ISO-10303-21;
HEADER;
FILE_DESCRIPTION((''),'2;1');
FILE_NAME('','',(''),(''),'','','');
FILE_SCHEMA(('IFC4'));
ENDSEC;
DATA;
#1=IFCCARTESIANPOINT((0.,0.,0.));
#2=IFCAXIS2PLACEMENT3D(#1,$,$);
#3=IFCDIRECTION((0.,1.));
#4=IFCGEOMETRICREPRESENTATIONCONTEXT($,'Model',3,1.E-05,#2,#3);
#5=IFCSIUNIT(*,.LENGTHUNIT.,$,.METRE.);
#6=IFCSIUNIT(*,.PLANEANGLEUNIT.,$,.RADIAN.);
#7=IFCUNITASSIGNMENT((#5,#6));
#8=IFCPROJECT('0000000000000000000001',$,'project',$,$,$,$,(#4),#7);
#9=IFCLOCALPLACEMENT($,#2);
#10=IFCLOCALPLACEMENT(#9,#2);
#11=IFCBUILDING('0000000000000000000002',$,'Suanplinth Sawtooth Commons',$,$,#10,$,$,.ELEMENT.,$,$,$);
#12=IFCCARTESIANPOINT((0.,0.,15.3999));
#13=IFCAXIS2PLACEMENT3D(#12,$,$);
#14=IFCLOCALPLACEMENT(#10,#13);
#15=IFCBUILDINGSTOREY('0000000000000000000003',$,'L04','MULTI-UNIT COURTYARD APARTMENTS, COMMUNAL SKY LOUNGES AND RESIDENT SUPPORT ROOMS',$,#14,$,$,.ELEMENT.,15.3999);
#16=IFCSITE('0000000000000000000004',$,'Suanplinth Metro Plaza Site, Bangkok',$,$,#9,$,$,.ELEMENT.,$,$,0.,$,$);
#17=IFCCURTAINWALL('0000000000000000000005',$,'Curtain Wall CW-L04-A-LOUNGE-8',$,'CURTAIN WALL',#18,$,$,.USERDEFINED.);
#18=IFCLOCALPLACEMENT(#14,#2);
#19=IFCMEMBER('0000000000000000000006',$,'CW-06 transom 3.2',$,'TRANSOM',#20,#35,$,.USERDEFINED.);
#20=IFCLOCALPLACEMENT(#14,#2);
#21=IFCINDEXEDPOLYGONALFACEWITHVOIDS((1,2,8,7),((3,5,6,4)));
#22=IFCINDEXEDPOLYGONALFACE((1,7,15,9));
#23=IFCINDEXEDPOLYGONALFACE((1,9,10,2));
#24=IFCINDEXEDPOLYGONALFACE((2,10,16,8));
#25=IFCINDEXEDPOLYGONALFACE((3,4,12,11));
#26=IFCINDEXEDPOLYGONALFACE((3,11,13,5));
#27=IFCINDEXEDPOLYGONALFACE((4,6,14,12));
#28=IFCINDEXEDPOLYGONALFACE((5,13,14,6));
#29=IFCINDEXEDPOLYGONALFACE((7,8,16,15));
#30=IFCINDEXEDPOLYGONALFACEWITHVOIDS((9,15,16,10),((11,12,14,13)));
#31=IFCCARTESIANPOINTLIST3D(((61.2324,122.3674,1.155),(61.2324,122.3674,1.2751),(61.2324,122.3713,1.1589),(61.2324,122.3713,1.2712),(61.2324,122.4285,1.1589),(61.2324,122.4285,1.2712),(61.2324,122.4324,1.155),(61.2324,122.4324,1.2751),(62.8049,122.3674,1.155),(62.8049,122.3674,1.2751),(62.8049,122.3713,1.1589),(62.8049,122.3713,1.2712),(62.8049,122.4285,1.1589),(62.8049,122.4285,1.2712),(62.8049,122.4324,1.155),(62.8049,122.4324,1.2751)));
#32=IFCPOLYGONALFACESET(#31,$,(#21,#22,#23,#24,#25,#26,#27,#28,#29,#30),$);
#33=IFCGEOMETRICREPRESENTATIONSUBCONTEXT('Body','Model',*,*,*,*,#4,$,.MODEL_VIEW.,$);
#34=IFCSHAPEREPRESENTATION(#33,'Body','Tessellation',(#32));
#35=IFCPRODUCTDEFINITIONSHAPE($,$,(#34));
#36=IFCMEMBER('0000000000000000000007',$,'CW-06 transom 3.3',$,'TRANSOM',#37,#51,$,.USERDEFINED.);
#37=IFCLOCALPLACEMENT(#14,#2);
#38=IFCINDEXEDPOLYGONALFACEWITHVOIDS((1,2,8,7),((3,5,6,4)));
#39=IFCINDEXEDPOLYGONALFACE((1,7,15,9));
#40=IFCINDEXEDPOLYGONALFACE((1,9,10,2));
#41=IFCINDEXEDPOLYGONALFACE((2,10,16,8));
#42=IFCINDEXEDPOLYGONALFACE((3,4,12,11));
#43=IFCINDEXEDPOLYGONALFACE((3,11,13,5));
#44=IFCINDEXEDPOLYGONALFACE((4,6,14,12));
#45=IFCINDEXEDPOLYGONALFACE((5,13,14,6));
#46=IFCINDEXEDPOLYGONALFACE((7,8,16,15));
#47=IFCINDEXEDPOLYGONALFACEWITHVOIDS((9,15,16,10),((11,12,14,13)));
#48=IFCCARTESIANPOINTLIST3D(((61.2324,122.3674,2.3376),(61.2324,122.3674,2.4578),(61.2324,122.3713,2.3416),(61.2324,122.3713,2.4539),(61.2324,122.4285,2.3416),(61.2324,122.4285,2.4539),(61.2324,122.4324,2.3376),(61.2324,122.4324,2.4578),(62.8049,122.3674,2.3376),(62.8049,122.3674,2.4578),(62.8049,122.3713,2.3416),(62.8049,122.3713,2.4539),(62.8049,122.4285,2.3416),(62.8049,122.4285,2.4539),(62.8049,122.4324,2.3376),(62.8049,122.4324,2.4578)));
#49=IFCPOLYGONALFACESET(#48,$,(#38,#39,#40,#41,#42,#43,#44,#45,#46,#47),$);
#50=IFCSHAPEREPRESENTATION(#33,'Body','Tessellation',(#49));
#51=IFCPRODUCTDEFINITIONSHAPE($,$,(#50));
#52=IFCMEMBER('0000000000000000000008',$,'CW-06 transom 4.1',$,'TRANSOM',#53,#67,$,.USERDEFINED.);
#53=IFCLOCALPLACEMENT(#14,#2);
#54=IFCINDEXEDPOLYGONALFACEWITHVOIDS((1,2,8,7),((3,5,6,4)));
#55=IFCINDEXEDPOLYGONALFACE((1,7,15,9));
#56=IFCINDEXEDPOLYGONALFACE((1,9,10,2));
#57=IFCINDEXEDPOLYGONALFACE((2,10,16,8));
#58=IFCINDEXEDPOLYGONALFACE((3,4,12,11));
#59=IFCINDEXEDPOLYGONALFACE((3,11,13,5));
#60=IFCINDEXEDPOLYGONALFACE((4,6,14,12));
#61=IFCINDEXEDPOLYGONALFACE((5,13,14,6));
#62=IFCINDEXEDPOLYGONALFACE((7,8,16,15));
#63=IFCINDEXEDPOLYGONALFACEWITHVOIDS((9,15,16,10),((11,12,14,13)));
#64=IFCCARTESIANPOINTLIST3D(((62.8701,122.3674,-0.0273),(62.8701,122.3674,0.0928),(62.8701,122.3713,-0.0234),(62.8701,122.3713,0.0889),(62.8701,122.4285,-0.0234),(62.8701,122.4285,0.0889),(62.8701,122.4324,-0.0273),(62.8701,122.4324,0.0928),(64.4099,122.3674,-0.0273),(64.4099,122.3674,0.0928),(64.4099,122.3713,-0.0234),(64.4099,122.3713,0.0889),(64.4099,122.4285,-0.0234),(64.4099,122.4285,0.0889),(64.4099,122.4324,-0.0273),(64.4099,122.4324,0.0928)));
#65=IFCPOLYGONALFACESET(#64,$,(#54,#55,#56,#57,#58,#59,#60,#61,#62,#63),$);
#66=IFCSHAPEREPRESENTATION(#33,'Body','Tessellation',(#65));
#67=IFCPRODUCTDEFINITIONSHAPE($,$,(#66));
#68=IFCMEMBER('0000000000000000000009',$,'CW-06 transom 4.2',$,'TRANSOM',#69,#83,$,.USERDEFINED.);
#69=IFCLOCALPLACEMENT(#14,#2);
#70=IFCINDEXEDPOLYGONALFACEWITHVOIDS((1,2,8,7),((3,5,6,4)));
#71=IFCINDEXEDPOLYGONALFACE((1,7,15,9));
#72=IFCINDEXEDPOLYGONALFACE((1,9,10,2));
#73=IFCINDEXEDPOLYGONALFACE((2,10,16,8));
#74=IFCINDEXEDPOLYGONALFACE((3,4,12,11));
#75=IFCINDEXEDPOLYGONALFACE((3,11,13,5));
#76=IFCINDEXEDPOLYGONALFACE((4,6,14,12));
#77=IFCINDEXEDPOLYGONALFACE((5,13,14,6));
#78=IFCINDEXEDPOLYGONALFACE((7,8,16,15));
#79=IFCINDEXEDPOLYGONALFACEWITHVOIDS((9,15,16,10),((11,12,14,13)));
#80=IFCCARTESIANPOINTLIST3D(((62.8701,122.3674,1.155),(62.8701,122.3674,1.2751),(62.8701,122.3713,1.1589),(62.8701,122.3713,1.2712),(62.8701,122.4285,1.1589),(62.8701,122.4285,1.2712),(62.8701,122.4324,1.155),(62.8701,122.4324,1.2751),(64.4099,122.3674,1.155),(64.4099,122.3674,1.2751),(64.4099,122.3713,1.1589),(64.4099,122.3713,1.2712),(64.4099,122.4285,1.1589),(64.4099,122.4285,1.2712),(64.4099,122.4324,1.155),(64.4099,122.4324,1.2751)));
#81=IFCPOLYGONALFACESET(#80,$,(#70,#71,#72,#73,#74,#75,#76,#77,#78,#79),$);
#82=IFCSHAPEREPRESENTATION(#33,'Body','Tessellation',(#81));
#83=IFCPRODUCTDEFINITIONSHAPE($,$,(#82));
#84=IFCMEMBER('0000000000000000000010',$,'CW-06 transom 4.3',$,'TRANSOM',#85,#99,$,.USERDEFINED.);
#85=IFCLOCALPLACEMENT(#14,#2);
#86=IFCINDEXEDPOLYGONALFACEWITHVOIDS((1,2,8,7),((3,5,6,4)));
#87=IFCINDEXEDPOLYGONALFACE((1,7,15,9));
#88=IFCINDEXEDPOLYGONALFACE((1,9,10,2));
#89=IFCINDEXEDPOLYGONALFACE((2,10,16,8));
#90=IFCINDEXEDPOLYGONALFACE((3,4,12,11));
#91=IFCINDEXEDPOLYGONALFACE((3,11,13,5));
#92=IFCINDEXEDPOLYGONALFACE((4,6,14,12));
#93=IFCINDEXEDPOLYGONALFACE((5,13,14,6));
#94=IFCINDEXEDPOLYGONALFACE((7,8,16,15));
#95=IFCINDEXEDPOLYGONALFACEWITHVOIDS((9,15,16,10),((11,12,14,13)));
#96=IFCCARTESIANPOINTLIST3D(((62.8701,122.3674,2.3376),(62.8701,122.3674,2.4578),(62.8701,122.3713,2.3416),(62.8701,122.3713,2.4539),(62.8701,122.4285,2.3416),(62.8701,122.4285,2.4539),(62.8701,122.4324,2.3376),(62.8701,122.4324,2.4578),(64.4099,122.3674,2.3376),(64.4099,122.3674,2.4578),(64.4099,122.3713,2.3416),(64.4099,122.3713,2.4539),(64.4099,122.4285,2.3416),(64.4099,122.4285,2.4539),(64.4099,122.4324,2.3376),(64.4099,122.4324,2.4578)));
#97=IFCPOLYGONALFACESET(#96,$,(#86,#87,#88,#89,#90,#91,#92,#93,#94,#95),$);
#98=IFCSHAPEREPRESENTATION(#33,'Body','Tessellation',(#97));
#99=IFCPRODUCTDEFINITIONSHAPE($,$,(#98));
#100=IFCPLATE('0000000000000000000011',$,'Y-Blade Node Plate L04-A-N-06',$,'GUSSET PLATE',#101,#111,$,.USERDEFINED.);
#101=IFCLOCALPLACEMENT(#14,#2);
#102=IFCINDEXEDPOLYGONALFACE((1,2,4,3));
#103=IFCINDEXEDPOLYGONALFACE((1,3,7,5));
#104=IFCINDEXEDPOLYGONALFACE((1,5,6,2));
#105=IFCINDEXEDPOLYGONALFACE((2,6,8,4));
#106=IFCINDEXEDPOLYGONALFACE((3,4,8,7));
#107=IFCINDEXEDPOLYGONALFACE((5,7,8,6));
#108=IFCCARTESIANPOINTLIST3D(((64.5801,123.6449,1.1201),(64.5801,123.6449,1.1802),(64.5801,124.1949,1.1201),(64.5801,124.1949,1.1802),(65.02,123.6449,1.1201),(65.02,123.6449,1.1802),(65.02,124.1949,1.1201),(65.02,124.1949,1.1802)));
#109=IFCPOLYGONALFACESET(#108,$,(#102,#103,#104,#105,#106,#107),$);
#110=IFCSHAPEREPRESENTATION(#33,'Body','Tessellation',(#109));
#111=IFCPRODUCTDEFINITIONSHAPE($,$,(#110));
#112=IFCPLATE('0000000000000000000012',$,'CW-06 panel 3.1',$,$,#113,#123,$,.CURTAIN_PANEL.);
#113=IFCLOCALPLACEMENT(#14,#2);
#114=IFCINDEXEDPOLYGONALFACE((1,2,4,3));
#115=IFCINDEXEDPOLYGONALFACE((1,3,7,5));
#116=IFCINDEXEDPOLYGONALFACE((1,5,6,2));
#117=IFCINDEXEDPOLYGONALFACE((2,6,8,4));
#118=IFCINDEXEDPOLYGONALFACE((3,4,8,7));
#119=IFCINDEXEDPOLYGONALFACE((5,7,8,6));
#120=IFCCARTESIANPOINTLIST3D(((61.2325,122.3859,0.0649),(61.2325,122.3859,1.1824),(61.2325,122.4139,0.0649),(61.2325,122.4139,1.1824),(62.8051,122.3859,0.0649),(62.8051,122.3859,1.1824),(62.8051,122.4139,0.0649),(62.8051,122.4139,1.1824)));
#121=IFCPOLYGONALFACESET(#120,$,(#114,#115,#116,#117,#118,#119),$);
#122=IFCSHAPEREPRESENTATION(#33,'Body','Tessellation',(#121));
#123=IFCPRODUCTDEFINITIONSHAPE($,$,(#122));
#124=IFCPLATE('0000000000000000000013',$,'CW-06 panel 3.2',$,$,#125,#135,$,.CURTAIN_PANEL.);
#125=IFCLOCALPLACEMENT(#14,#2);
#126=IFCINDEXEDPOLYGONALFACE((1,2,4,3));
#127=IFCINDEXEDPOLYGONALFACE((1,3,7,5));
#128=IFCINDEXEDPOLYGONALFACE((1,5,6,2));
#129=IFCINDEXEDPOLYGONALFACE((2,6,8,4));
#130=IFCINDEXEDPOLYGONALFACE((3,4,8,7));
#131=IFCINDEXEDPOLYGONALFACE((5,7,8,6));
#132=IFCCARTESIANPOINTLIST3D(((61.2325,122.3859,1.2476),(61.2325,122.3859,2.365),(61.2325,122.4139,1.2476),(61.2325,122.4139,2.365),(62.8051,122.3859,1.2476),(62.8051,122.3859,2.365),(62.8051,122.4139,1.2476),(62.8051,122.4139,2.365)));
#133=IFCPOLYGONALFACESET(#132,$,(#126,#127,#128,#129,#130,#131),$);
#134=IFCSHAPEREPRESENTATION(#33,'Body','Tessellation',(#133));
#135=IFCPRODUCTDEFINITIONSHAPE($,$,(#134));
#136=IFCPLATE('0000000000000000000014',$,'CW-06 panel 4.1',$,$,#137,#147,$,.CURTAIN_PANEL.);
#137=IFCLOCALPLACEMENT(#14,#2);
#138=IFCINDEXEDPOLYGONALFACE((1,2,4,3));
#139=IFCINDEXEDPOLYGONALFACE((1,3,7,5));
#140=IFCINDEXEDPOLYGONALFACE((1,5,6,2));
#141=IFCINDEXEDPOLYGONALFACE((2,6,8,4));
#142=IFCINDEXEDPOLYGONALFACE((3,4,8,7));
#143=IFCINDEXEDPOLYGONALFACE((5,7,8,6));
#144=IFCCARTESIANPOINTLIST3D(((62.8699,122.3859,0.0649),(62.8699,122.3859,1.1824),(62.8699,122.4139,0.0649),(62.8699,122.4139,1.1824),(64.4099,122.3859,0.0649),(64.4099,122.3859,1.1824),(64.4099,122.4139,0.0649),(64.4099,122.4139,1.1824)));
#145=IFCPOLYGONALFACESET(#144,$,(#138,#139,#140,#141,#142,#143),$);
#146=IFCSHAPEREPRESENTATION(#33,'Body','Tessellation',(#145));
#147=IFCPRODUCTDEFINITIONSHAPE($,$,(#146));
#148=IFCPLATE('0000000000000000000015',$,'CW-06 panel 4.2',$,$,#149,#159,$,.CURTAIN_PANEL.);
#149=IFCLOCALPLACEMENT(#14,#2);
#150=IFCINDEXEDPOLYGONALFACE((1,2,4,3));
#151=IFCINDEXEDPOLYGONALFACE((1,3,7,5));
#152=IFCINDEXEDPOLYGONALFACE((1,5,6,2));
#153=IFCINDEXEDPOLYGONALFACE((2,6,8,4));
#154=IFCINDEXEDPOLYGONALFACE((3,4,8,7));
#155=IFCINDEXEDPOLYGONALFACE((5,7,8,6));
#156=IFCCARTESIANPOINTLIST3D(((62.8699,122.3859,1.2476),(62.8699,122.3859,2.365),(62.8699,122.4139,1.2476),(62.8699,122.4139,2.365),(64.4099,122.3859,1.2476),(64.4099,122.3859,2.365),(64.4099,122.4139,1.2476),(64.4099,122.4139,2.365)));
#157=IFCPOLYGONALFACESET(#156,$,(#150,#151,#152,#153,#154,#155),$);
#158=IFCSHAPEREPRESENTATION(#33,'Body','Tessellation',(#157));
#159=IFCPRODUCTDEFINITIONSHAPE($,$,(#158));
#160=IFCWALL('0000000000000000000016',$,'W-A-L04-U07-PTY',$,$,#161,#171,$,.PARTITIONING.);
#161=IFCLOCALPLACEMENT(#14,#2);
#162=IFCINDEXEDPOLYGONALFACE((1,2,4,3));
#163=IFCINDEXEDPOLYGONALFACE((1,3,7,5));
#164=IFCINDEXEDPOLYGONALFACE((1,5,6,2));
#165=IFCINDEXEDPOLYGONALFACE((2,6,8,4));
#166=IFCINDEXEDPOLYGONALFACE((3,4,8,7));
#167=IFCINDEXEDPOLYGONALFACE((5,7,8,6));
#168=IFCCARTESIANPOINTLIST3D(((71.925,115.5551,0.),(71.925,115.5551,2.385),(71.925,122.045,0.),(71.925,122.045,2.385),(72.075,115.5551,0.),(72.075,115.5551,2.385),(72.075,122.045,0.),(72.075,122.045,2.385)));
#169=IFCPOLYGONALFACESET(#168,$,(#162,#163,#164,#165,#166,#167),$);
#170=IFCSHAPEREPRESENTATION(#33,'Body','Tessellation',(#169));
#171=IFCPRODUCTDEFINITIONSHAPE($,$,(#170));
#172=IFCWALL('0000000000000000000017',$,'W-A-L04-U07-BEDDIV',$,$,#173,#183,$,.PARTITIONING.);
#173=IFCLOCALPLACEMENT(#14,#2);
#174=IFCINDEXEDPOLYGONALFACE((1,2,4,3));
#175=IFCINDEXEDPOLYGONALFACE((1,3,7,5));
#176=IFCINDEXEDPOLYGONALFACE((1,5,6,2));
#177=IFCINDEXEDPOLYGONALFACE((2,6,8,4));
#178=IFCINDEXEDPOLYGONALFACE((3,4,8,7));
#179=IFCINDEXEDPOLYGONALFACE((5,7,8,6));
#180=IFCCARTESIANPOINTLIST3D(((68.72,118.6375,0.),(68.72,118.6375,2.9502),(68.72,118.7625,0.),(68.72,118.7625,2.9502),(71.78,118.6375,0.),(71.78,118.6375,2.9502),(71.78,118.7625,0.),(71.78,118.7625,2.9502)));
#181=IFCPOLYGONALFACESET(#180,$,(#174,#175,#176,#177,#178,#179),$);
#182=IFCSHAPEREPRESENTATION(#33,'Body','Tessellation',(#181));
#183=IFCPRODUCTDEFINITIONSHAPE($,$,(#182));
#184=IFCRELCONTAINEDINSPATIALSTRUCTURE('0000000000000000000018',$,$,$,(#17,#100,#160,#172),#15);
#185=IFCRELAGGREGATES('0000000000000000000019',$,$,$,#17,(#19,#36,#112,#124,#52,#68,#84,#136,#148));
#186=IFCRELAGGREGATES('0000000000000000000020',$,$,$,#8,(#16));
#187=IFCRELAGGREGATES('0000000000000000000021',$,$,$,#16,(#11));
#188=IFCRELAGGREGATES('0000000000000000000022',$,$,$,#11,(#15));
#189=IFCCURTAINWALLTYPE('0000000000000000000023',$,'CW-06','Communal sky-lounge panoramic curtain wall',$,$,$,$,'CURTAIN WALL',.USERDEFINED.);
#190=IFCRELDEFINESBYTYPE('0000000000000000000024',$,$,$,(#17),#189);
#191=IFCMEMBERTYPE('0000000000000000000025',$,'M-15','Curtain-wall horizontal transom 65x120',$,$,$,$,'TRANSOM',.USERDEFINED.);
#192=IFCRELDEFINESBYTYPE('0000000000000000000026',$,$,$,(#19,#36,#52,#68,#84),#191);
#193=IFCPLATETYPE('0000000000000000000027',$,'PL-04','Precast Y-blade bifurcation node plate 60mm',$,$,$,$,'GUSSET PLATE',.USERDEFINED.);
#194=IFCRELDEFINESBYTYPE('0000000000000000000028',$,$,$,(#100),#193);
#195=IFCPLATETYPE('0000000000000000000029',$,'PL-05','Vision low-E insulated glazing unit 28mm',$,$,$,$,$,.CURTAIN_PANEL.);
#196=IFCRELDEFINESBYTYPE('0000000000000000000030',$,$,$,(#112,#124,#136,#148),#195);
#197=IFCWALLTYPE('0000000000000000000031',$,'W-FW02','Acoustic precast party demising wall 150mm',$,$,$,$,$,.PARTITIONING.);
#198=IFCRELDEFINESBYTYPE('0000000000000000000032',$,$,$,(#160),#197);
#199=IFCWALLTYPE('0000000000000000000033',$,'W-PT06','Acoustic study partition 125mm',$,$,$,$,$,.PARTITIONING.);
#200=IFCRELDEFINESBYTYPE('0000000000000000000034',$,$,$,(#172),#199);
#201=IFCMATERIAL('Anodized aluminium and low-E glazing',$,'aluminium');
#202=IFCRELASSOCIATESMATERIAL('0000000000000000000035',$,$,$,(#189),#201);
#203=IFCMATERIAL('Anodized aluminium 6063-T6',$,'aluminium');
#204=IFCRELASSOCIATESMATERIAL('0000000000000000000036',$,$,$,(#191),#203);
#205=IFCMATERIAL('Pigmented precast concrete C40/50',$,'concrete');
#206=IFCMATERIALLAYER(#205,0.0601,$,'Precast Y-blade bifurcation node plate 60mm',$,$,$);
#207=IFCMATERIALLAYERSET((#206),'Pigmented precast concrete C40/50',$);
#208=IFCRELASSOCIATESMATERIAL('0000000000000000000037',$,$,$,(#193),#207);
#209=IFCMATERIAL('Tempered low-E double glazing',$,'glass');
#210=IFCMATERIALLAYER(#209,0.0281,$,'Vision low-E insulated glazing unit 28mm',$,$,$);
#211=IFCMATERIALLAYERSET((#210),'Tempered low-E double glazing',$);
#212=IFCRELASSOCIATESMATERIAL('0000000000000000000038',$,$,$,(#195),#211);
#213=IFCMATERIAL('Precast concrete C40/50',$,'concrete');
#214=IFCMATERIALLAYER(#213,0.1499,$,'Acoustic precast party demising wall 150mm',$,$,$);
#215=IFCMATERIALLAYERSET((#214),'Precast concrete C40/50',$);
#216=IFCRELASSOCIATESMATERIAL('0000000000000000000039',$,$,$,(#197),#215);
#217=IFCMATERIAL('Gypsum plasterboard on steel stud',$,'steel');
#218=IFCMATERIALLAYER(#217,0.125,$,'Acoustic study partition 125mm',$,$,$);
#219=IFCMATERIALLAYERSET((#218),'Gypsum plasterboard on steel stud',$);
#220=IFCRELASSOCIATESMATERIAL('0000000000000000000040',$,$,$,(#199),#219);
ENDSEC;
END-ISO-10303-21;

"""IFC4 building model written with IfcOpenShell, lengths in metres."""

from ifc_helpers import new_model, si_unit, direction, frame, frame_2d, origin, origin_2d, place, context, subcontext, project, spatial, rectangle, hollow_rectangle, extrude, material, layer, layer_set, material_profile, profile_set, type_object, element, aggregate, save


model = new_model("IFC4")

# Units and contexts
model_context = context("Model", 3, precision=1e-05, world=origin(), true_north=direction((0.0, 1.0)))
body_context = subcontext(model_context, "Body", "Model", "MODEL_VIEW")
ifc_project = project(units=[si_unit("LENGTHUNIT", "METRE"), si_unit("PLANEANGLEUNIT", "RADIAN")], contexts=[model_context])

# Site, building, storey
site_placement = place(None, origin())
site = spatial("IfcSite", under=ifc_project, at=site_placement, Name="Suanplinth Metro Plaza Site, Bangkok", CompositionType="ELEMENT", RefElevation=0.0)
building_placement = place(site_placement, origin())
building = spatial("IfcBuilding", under=site, at=building_placement, Name="Suanplinth Sawtooth Commons", CompositionType="ELEMENT")
storey_placement = place(building_placement, frame((0.0, 0.0, 15.3999)))
storey = spatial("IfcBuildingStorey", under=building, at=storey_placement, Name="L04", Description="MULTI-UNIT COURTYARD APARTMENTS, COMMUNAL SKY LOUNGES AND RESIDENT SUPPORT ROOMS", CompositionType="ELEMENT", Elevation=15.3999)

# Shared definitions
ifc_material_1 = material(Name="Precast concrete C40/50", Category="concrete")

# Shared definitions
ifc_material_2 = material(Name="Pigmented precast concrete C40/50", Category="concrete")

# Curtain wall, members
ifc_material_3 = material(Name="Anodized aluminium and low-E glazing", Category="aluminium")
curtain_wall_type = type_object("IfcCurtainWallType", Name="CW-06", Description="Communal sky-lounge panoramic curtain wall", ElementType="CURTAIN WALL", PredefinedType="USERDEFINED", material=ifc_material_3)
curtain_wall_placement = place(storey_placement, origin())
curtain_wall = element("IfcCurtainWall", 1, at=curtain_wall_placement, inside=storey, type_object=curtain_wall_type, Name="Curtain Wall CW-L04-A-LOUNGE-8", ObjectType="CURTAIN WALL", PredefinedType="USERDEFINED")
ifc_material_4 = material(Name="Anodized aluminium 6063-T6", Category="aluminium")
ifc_material_profile_1 = material_profile(ifc_material_4, hollow_rectangle(XDim=0.0649, YDim=0.1201, WallThickness=0.0039, at=origin_2d()), Name="ALU-TRN 65x120")
ifc_profile_set_1 = profile_set([ifc_material_profile_1], Name="Anodized aluminium 6063-T6")
member_type_1 = type_object("IfcMemberType", Name="M-15", Description="Curtain-wall horizontal transom 65x120", ElementType="TRANSOM", PredefinedType="USERDEFINED", material=ifc_profile_set_1)
member_1_placement = place(storey_placement, frame((61.2324, 122.3999, 1.2151), z_axis=(1.0, 0.0, 0.0), x_axis=(0.0, 1.0, 0.0)))
member_1 = element("IfcMember", 2, at=member_1_placement, type_object=member_type_1, Name="CW-06 transom 3.2", ObjectType="TRANSOM", PredefinedType="USERDEFINED", context=body_context, shape_type="SweptSolid", body=[
    extrude(hollow_rectangle(XDim=0.0649, YDim=0.1201, WallThickness=0.0039, at=origin_2d()), origin(), (0.0, 0.0, 1.0), 1.5725),
])
member_2_placement = place(storey_placement, frame((61.2324, 122.3999, 2.3977), z_axis=(1.0, 0.0, 0.0), x_axis=(0.0, 1.0, 0.0)))
member_2 = element("IfcMember", 3, at=member_2_placement, type_object=member_type_1, Name="CW-06 transom 3.3", ObjectType="TRANSOM", PredefinedType="USERDEFINED", context=body_context, shape_type="SweptSolid", body=[
    extrude(hollow_rectangle(XDim=0.0649, YDim=0.1201, WallThickness=0.0039, at=origin_2d()), origin(), (0.0, 0.0, 1.0), 1.5725),
])
member_3_placement = place(storey_placement, frame((62.8701, 122.3999, 0.0327), z_axis=(1.0, 0.0, 0.0), x_axis=(0.0, 1.0, 0.0)))
member_3 = element("IfcMember", 4, at=member_3_placement, type_object=member_type_1, Name="CW-06 transom 4.1", ObjectType="TRANSOM", PredefinedType="USERDEFINED", context=body_context, shape_type="SweptSolid", body=[
    extrude(hollow_rectangle(XDim=0.0649, YDim=0.1201, WallThickness=0.0039, at=origin_2d()), origin(), (0.0, 0.0, 1.0), 1.5398),
])
member_4_placement = place(storey_placement, frame((62.8701, 122.3999, 1.2151), z_axis=(1.0, 0.0, 0.0), x_axis=(0.0, 1.0, 0.0)))
member_4 = element("IfcMember", 5, at=member_4_placement, type_object=member_type_1, Name="CW-06 transom 4.2", ObjectType="TRANSOM", PredefinedType="USERDEFINED", context=body_context, shape_type="SweptSolid", body=[
    extrude(hollow_rectangle(XDim=0.0649, YDim=0.1201, WallThickness=0.0039, at=origin_2d()), origin(), (0.0, 0.0, 1.0), 1.5398),
])
member_5_placement = place(storey_placement, frame((62.8701, 122.3999, 2.3977), z_axis=(1.0, 0.0, 0.0), x_axis=(0.0, 1.0, 0.0)))
member_5 = element("IfcMember", 6, at=member_5_placement, type_object=member_type_1, Name="CW-06 transom 4.3", ObjectType="TRANSOM", PredefinedType="USERDEFINED", context=body_context, shape_type="SweptSolid", body=[
    extrude(hollow_rectangle(XDim=0.0649, YDim=0.1201, WallThickness=0.0039, at=origin_2d()), origin(), (0.0, 0.0, 1.0), 1.5398),
])

# Plates
ifc_layer_1 = layer(ifc_material_2, 0.0601, Name="Precast Y-blade bifurcation node plate 60mm")
ifc_layer_set_1 = layer_set([ifc_layer_1], Name="Pigmented precast concrete C40/50")
plate_type_1 = type_object("IfcPlateType", Name="PL-04", Description="Precast Y-blade bifurcation node plate 60mm", ElementType="GUSSET PLATE", PredefinedType="USERDEFINED", material=ifc_layer_set_1)
plate_1_placement = place(storey_placement, frame((64.8, 123.9199, 1.1201), z_axis=(0.0, 0.0, 1.0), x_axis=(1.0, 0.0, 0.0)))
element("IfcPlate", 7, at=plate_1_placement, inside=storey, type_object=plate_type_1, Name="Y-Blade Node Plate L04-A-N-06", ObjectType="GUSSET PLATE", PredefinedType="USERDEFINED", context=body_context, shape_type="SweptSolid", body=[
    extrude(rectangle(XDim=0.4399, YDim=0.55, at=origin_2d()), origin(), (0.0, 0.0, 1.0), 0.0601),
])
ifc_material_5 = material(Name="Tempered low-E double glazing", Category="glass")
ifc_layer_2 = layer(ifc_material_5, 0.0281, Name="Vision low-E insulated glazing unit 28mm")
ifc_layer_set_2 = layer_set([ifc_layer_2], Name="Tempered low-E double glazing")
plate_type_2 = type_object("IfcPlateType", Name="PL-05", Description="Vision low-E insulated glazing unit 28mm", PredefinedType="CURTAIN_PANEL", material=ifc_layer_set_2)
plate_2_placement = place(storey_placement, frame((62.0188, 122.3999, 0.0649), z_axis=(0.0, 0.0, 1.0), x_axis=(1.0, 0.0, 0.0)))
plate_2 = element("IfcPlate", 8, at=plate_2_placement, type_object=plate_type_2, Name="CW-06 panel 3.1", PredefinedType="CURTAIN_PANEL", context=body_context, shape_type="SweptSolid", body=[
    extrude(rectangle(XDim=1.5725, YDim=0.0281, at=origin_2d()), origin(), (0.0, 0.0, 1.0), 1.1174),
])
plate_3_placement = place(storey_placement, frame((62.0188, 122.3999, 1.2476), z_axis=(0.0, 0.0, 1.0), x_axis=(1.0, 0.0, 0.0)))
plate_3 = element("IfcPlate", 9, at=plate_3_placement, type_object=plate_type_2, Name="CW-06 panel 3.2", PredefinedType="CURTAIN_PANEL", context=body_context, shape_type="SweptSolid", body=[
    extrude(rectangle(XDim=1.5725, YDim=0.0281, at=origin_2d()), origin(), (0.0, 0.0, 1.0), 1.1174),
])
plate_4_placement = place(storey_placement, frame((63.6399, 122.3999, 0.0649), z_axis=(0.0, 0.0, 1.0), x_axis=(1.0, 0.0, 0.0)))
plate_4 = element("IfcPlate", 10, at=plate_4_placement, type_object=plate_type_2, Name="CW-06 panel 4.1", PredefinedType="CURTAIN_PANEL", context=body_context, shape_type="SweptSolid", body=[
    extrude(rectangle(XDim=1.54, YDim=0.0281, at=origin_2d()), origin(), (0.0, 0.0, 1.0), 1.1174),
])
plate_5_placement = place(storey_placement, frame((63.6399, 122.3999, 1.2476), z_axis=(0.0, 0.0, 1.0), x_axis=(1.0, 0.0, 0.0)))
plate_5 = element("IfcPlate", 11, at=plate_5_placement, type_object=plate_type_2, Name="CW-06 panel 4.2", PredefinedType="CURTAIN_PANEL", context=body_context, shape_type="SweptSolid", body=[
    extrude(rectangle(XDim=1.54, YDim=0.0281, at=origin_2d()), origin(), (0.0, 0.0, 1.0), 1.1174),
])
aggregate(curtain_wall, [member_1, member_2, plate_2, plate_3, member_3, member_4, member_5, plate_4, plate_5])

# Wall
ifc_layer_3 = layer(ifc_material_1, 0.1499, Name="Acoustic precast party demising wall 150mm")
ifc_layer_set_3 = layer_set([ifc_layer_3], Name="Precast concrete C40/50")
wall_type_1 = type_object("IfcWallType", Name="W-FW02", Description="Acoustic precast party demising wall 150mm", PredefinedType="PARTITIONING", material=ifc_layer_set_3)
wall_1_placement = place(storey_placement, frame((72.0, 115.5549, 0.0), z_axis=(0.0, 0.0, 1.0), x_axis=(0.0, 1.0, 0.0)))
element("IfcWall", 12, at=wall_1_placement, inside=storey, type_object=wall_type_1, Name="W-A-L04-U07-PTY", PredefinedType="PARTITIONING", context=body_context, shape_type="SweptSolid", body=[
    extrude(rectangle(XDim=6.49, YDim=0.1499, at=frame_2d((3.2451, 0.0))), origin(), (0.0, 0.0, 1.0), 2.385),
])

# Shared definitions
ifc_material_6 = material(Name="Gypsum plasterboard on steel stud", Category="steel")

# Wall
ifc_layer_4 = layer(ifc_material_6, 0.125, Name="Acoustic study partition 125mm")
ifc_layer_set_4 = layer_set([ifc_layer_4], Name="Gypsum plasterboard on steel stud")
wall_type_2 = type_object("IfcWallType", Name="W-PT06", Description="Acoustic study partition 125mm", PredefinedType="PARTITIONING", material=ifc_layer_set_4)
wall_2_placement = place(storey_placement, frame((68.72, 118.7, 0.0), z_axis=(0.0, 0.0, 1.0), x_axis=(1.0, 0.0, 0.0)))
element("IfcWall", 13, at=wall_2_placement, inside=storey, type_object=wall_type_2, Name="W-A-L04-U07-BEDDIV", PredefinedType="PARTITIONING", context=body_context, shape_type="SweptSolid", body=[
    extrude(rectangle(XDim=3.0601, YDim=0.125, at=frame_2d((1.53, 0.0))), origin(), (0.0, 0.0, 1.0), 2.9502),
])

save(model, "model.ifc")
